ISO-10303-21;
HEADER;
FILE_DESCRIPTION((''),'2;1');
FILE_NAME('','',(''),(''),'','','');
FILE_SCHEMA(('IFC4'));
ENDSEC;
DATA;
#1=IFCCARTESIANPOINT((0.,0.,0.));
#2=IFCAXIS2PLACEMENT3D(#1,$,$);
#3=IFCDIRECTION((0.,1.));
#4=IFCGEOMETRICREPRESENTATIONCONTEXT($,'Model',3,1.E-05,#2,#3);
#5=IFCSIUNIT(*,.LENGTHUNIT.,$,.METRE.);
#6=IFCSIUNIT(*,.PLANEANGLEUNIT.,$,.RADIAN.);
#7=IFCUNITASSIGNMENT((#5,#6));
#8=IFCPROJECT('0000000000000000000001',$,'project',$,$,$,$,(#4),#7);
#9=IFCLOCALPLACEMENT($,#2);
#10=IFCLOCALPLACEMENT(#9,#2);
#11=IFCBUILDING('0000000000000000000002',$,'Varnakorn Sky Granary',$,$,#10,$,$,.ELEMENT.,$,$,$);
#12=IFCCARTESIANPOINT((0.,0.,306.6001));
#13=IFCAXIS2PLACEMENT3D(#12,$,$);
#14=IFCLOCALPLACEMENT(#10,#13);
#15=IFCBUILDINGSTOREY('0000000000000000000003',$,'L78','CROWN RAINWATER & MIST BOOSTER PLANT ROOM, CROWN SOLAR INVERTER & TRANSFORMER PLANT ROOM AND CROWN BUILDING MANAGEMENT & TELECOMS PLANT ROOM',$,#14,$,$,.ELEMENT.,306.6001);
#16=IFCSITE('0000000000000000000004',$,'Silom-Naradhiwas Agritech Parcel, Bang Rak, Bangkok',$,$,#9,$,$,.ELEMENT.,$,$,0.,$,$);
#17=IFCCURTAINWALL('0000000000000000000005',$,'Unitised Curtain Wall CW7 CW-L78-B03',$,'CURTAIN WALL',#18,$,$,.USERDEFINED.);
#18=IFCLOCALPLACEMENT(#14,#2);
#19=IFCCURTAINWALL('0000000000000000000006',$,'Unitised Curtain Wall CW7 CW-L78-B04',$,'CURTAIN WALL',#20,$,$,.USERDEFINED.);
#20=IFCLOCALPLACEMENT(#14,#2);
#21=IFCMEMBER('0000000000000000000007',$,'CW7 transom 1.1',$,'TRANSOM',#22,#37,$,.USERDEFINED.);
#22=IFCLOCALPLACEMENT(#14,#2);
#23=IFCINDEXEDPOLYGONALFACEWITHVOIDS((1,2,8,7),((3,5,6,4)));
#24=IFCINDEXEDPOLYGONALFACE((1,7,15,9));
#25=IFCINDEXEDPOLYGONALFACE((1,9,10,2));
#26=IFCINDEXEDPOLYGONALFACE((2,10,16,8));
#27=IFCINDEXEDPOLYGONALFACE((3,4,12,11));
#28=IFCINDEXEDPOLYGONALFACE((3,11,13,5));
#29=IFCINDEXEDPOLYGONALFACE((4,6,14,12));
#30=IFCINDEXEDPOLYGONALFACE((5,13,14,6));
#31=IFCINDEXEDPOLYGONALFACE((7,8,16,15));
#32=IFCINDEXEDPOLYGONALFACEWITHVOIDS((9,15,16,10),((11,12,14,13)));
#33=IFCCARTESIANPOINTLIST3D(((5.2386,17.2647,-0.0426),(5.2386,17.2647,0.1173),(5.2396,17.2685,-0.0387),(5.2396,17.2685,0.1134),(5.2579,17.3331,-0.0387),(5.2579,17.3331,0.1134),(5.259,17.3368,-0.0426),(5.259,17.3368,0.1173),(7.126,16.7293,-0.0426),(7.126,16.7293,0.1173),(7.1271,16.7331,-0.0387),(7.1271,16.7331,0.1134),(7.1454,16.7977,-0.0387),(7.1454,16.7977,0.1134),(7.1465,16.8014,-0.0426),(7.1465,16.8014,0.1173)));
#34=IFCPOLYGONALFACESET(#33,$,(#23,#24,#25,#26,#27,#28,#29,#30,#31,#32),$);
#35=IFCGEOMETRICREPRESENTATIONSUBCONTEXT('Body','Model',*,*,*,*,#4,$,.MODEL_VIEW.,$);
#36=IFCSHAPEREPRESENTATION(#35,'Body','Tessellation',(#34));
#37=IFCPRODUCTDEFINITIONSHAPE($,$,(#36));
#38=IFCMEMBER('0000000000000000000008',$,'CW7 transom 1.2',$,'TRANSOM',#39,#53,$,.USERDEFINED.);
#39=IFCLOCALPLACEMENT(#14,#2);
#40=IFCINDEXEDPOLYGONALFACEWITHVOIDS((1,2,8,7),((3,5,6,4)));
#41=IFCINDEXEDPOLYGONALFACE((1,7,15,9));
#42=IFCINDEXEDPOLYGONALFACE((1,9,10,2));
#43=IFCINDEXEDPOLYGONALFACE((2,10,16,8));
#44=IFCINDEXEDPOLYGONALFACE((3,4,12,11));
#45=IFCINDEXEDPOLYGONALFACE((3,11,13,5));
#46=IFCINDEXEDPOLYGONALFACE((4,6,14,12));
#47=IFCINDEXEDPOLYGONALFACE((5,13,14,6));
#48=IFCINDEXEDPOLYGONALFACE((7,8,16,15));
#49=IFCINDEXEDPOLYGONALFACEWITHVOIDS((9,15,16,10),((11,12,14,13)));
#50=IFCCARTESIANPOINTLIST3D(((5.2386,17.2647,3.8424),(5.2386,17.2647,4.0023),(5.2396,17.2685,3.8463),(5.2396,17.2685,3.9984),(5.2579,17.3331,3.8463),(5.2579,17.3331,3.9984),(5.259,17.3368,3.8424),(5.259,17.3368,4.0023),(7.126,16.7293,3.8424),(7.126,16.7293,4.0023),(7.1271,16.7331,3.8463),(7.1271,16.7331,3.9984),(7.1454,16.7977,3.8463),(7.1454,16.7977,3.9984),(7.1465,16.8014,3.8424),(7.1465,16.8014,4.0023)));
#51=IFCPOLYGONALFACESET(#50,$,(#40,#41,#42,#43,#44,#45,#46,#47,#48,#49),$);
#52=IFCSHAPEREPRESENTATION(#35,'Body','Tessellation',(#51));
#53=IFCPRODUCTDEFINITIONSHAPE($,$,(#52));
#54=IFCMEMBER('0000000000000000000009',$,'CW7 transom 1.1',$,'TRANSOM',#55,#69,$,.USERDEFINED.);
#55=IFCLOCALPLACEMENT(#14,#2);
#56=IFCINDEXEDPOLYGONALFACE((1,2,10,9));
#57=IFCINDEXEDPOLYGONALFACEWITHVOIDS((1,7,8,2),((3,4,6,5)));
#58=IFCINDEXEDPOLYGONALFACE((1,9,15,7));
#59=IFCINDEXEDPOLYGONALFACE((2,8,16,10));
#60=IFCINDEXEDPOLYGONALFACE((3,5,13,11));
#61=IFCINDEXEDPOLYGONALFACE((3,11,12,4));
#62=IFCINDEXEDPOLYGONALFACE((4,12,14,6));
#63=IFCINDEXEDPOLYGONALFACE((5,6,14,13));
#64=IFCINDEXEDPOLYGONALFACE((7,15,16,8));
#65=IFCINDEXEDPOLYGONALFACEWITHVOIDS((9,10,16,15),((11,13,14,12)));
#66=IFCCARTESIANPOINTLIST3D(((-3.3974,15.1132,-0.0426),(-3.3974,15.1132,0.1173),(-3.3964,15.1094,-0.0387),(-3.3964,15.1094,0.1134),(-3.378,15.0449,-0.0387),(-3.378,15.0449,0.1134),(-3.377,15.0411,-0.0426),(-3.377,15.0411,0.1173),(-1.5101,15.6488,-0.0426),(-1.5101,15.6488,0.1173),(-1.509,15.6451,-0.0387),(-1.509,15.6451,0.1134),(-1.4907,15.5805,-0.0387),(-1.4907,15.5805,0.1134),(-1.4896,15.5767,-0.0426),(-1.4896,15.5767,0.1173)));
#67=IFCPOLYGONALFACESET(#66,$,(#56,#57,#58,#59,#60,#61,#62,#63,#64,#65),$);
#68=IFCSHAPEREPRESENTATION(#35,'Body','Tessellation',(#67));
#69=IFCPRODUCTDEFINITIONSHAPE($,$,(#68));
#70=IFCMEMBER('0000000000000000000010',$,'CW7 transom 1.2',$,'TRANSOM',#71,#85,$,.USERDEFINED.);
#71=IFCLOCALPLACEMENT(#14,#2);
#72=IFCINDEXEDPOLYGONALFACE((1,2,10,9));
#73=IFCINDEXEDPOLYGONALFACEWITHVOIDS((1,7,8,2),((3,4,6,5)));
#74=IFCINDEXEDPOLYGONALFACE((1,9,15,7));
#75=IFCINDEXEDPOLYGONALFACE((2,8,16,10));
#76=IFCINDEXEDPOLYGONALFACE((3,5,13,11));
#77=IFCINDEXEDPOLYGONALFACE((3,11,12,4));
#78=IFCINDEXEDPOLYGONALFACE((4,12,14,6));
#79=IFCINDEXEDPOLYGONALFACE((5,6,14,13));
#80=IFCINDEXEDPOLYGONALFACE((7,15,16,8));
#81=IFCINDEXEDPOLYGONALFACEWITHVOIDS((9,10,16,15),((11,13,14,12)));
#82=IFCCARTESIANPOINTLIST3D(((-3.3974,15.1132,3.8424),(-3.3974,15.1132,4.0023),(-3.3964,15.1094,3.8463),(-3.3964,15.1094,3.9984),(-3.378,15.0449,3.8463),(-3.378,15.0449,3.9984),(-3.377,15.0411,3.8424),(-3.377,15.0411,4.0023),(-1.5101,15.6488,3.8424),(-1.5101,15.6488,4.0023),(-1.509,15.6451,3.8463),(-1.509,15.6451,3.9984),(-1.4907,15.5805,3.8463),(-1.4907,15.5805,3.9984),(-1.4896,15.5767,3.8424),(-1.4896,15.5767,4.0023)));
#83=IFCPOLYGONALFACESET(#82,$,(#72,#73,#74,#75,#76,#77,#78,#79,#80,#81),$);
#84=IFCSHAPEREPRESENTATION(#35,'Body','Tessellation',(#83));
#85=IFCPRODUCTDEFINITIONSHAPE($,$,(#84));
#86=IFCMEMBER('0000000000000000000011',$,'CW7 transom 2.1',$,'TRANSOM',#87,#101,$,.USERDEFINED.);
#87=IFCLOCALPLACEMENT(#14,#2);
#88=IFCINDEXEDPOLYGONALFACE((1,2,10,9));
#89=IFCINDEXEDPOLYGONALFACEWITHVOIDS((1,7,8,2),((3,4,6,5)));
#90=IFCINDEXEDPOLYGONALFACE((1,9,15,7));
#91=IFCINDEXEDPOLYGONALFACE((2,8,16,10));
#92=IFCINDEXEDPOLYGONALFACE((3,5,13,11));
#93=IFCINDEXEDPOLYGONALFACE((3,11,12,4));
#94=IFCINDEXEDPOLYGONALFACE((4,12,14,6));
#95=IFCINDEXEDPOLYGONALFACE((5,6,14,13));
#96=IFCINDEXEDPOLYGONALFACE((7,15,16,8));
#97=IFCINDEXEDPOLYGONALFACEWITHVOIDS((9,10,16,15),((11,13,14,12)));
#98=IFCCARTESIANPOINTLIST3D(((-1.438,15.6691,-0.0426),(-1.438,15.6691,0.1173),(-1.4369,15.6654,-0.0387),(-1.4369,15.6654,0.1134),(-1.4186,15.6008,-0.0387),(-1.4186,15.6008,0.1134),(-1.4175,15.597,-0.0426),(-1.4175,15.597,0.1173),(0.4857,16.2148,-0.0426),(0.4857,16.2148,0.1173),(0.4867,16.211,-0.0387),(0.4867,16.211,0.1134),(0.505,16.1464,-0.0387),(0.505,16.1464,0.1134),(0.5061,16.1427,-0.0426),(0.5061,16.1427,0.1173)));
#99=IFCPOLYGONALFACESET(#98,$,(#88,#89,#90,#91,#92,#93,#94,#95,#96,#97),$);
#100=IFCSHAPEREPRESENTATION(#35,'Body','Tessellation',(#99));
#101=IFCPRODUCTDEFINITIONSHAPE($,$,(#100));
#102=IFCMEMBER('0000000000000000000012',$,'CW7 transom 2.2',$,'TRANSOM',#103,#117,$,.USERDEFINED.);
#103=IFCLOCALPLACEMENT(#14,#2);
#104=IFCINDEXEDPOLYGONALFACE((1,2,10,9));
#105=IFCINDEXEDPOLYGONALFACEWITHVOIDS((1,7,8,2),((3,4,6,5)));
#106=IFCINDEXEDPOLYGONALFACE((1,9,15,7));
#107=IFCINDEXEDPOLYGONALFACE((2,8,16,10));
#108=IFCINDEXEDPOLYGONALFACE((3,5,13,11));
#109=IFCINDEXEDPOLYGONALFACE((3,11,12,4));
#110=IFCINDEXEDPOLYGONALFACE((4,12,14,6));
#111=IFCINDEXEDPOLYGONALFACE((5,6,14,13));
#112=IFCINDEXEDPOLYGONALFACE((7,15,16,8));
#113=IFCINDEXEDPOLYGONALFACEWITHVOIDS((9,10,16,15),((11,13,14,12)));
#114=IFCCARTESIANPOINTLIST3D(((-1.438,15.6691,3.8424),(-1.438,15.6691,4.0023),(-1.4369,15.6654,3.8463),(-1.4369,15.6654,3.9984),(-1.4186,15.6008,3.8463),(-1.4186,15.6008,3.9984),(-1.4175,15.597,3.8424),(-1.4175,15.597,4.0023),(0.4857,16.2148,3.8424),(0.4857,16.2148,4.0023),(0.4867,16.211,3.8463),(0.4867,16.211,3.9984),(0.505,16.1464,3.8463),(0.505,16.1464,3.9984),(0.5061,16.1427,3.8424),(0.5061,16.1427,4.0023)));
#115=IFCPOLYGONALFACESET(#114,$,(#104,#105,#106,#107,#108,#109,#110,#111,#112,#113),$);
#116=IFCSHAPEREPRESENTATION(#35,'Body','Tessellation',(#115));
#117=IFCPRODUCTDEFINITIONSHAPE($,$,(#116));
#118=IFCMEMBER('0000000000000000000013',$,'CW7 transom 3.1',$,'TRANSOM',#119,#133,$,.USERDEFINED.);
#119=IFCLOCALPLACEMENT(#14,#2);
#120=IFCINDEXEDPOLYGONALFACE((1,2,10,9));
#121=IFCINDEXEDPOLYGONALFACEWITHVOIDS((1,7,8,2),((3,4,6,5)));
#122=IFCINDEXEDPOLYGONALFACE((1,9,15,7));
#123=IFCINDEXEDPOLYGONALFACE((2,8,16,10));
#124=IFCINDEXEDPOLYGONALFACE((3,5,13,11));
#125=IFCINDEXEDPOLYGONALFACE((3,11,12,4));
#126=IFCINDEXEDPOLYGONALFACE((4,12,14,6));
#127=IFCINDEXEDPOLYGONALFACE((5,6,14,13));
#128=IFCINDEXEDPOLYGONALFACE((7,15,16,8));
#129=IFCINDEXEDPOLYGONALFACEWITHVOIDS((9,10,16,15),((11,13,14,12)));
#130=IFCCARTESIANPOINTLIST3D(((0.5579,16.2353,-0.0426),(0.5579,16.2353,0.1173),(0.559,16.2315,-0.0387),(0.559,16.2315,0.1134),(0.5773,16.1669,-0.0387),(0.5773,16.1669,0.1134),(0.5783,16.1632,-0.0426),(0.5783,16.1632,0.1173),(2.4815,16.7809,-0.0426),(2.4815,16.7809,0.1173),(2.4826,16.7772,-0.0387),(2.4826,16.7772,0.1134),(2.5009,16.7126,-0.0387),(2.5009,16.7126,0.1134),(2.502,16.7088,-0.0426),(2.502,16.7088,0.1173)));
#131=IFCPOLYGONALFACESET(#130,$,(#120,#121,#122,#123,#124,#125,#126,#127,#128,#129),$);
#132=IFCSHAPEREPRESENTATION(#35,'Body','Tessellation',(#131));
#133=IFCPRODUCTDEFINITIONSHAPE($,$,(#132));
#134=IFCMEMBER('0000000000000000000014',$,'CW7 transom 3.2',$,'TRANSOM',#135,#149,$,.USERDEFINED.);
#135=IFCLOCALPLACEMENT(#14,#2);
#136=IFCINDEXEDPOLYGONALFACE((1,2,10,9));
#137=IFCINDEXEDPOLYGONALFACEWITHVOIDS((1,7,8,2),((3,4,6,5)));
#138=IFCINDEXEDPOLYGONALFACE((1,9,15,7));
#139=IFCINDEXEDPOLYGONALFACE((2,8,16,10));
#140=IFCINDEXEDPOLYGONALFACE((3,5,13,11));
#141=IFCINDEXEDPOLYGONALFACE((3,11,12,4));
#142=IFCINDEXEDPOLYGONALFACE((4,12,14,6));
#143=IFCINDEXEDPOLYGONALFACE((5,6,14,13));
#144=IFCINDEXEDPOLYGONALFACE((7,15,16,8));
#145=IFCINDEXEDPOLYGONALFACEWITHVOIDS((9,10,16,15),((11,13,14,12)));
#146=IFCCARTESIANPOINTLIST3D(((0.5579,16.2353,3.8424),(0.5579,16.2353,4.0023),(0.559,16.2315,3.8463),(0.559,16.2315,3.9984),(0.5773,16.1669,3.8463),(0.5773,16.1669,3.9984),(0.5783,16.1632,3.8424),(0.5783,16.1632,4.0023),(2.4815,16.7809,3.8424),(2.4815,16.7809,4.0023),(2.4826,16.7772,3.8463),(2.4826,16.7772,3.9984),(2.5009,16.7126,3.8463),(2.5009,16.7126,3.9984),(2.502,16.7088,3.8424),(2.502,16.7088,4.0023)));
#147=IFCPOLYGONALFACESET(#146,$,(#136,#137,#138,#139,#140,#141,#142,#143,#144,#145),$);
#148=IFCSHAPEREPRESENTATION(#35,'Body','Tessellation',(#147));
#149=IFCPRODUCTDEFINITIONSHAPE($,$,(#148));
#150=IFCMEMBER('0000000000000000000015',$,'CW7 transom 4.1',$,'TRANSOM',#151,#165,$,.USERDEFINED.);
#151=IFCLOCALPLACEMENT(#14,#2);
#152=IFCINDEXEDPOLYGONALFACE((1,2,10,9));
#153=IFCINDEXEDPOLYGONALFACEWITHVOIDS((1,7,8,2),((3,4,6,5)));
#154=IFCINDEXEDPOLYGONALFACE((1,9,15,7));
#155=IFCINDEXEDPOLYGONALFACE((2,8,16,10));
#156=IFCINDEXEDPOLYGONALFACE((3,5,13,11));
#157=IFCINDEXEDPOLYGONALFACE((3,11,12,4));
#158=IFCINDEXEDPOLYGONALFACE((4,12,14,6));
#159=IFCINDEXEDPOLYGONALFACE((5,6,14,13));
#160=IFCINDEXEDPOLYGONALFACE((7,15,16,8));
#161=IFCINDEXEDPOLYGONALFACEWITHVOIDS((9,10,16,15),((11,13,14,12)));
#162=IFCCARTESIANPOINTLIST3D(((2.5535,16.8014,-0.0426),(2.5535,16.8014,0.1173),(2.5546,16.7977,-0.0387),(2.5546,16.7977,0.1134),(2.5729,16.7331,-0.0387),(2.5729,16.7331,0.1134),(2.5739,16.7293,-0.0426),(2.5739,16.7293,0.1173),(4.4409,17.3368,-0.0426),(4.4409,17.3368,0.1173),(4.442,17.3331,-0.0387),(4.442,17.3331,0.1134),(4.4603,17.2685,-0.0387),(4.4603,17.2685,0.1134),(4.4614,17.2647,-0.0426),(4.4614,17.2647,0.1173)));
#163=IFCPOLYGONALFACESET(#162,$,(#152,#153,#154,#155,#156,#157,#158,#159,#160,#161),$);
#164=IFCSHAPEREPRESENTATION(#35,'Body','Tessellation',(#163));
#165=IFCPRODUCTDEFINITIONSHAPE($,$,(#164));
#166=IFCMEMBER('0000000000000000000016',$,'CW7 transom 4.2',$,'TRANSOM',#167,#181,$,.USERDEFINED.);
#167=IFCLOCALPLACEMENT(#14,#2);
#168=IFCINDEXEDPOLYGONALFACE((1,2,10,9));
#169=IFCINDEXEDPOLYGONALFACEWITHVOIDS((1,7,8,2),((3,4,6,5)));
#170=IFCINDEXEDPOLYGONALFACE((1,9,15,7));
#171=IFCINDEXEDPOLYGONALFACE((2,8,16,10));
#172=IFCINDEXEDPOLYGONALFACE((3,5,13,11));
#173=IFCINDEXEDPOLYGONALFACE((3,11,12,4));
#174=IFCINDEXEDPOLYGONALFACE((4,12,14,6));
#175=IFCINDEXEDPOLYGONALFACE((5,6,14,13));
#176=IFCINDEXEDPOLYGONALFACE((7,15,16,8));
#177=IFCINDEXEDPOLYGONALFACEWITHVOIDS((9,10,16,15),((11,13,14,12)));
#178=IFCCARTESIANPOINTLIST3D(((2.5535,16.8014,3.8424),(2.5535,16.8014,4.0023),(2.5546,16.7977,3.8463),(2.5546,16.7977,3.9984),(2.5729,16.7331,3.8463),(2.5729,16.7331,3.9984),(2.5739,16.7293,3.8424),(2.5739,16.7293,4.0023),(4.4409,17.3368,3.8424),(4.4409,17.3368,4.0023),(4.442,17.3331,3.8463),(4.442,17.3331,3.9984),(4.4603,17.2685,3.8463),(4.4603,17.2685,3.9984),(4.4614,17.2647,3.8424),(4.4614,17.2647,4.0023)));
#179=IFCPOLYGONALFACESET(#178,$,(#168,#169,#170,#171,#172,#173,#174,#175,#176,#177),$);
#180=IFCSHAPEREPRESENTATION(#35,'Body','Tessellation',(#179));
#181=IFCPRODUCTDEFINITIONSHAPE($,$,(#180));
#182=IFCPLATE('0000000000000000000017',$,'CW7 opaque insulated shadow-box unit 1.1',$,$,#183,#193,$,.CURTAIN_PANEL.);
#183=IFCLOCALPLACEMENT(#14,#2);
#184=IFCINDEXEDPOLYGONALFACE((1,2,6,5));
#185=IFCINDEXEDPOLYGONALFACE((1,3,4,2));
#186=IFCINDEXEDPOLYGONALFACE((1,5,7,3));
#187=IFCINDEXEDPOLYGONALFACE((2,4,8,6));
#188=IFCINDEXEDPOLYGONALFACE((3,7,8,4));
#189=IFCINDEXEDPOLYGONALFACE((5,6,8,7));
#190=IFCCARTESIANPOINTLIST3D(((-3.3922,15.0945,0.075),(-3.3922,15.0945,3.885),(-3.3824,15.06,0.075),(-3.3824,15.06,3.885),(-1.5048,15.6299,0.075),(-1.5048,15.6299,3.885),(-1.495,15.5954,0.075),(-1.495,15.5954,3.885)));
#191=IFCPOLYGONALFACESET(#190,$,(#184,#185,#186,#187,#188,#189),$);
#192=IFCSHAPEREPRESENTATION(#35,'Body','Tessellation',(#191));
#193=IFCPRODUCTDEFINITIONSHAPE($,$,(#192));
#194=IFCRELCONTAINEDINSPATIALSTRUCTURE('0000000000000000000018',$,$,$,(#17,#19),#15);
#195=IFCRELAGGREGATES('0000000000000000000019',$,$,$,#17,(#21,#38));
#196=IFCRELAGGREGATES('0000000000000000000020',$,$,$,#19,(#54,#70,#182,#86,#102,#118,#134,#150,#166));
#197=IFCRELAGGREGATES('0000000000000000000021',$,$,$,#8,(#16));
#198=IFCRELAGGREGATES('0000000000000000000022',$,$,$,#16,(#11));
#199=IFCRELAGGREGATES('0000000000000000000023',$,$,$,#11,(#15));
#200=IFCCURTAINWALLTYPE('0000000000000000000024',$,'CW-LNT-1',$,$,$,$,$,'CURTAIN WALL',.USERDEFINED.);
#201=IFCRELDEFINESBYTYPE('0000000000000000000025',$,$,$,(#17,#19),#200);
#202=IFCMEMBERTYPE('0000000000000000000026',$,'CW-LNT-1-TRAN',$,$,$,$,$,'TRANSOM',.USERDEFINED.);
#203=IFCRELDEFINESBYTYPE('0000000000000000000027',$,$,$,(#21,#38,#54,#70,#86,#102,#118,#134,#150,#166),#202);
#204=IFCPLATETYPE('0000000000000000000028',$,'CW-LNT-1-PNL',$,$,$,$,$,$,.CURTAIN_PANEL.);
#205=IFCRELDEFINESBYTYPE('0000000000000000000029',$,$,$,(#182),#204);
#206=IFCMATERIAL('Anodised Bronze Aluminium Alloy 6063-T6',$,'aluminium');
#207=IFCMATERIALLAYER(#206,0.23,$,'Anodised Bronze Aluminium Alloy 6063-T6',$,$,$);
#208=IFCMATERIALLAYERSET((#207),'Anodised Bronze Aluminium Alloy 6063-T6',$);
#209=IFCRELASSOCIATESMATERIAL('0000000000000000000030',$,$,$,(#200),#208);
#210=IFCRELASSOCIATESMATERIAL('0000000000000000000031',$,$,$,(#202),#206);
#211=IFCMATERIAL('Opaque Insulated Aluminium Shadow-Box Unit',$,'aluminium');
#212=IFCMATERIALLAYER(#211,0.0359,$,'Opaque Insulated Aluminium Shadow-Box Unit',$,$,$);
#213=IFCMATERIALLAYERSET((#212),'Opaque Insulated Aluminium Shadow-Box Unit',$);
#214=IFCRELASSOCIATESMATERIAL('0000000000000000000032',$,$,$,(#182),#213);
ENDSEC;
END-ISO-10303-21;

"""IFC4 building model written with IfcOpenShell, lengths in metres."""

from ifc_helpers import new_model, si_unit, direction, frame, origin, origin_2d, place, context, subcontext, project, spatial, rectangle, hollow_rectangle, extrude, source, transform, mapped, material, layer, layer_set, material_profile, profile_set, type_object, element, aggregate, save


model = new_model("IFC4")

# Units and contexts
model_context = context("Model", 3, precision=1e-05, world=origin(), true_north=direction((0.0, 1.0)))
body_context = subcontext(model_context, "Body", "Model", "MODEL_VIEW")
ifc_project = project(units=[si_unit("LENGTHUNIT", "METRE"), si_unit("PLANEANGLEUNIT", "RADIAN")], contexts=[model_context])

# Site, building, storey
site_placement = place(None, origin())
site = spatial("IfcSite", under=ifc_project, at=site_placement, Name="Silom-Naradhiwas Agritech Parcel, Bang Rak, Bangkok", CompositionType="ELEMENT", RefElevation=0.0)
building_placement = place(site_placement, origin())
building = spatial("IfcBuilding", under=site, at=building_placement, Name="Varnakorn Sky Granary", CompositionType="ELEMENT")
storey_placement = place(building_placement, frame((0.0, 0.0, 306.6001)))
storey = spatial("IfcBuildingStorey", under=building, at=storey_placement, Name="L78", Description="CROWN RAINWATER & MIST BOOSTER PLANT ROOM, CROWN SOLAR INVERTER & TRANSFORMER PLANT ROOM AND CROWN BUILDING MANAGEMENT & TELECOMS PLANT ROOM", CompositionType="ELEMENT", Elevation=306.6001)

# Curtain wall
ifc_material_1 = material(Name="Anodised Bronze Aluminium Alloy 6063-T6", Category="aluminium")
ifc_layer_1 = layer(ifc_material_1, 0.23, Name="Anodised Bronze Aluminium Alloy 6063-T6")
ifc_layer_set_1 = layer_set([ifc_layer_1], Name="Anodised Bronze Aluminium Alloy 6063-T6")
curtain_wall_type = type_object("IfcCurtainWallType", Name="CW-LNT-1", ElementType="CURTAIN WALL", PredefinedType="USERDEFINED", material=ifc_layer_set_1)
curtain_wall_1_placement = place(storey_placement, origin())
curtain_wall_1 = element("IfcCurtainWall", 1, at=curtain_wall_1_placement, inside=storey, type_object=curtain_wall_type, Name="Unitised Curtain Wall CW7 CW-L78-B03", ObjectType="CURTAIN WALL", PredefinedType="USERDEFINED")

# Curtain wall
curtain_wall_2_placement = place(storey_placement, origin())
curtain_wall_2 = element("IfcCurtainWall", 2, at=curtain_wall_2_placement, inside=storey, type_object=curtain_wall_type, Name="Unitised Curtain Wall CW7 CW-L78-B04", ObjectType="CURTAIN WALL", PredefinedType="USERDEFINED")

# Members
ifc_material_profile_1 = material_profile(ifc_material_1, hollow_rectangle(XDim=0.075, YDim=0.1599, WallThickness=0.0039, at=origin_2d()), Name="ALU TRAN 75x160")
ifc_profile_set_1 = profile_set([ifc_material_profile_1], Name="Anodised Bronze Aluminium Alloy 6063-T6")
member_type_1 = type_object("IfcMemberType", Name="CW-LNT-1-TRAN", ElementType="TRANSOM", PredefinedType="USERDEFINED", material=ifc_profile_set_1)
member_1_placement = place(storey_placement, frame((5.2488, 17.3008, 0.0374), z_axis=(0.962043, -0.272896, 0.0), x_axis=(0.272896, 0.962043, 0.0)))
member_1 = element("IfcMember", 3, at=member_1_placement, type_object=member_type_1, Name="CW7 transom 1.1", ObjectType="TRANSOM", PredefinedType="USERDEFINED", context=body_context, shape_type="SweptSolid", body=[
    extrude(hollow_rectangle(XDim=0.075, YDim=0.1599, WallThickness=0.0039, at=origin_2d()), origin(), (0.0, 0.0, 1.0), 1.9619),
])
member_2_placement = place(storey_placement, frame((5.2488, 17.3008, 3.9224), z_axis=(0.962043, -0.272896, 0.0), x_axis=(0.272896, 0.962043, 0.0)))
member_2 = element("IfcMember", 4, at=member_2_placement, type_object=member_type_1, Name="CW7 transom 1.2", ObjectType="TRANSOM", PredefinedType="USERDEFINED", context=body_context, shape_type="SweptSolid", body=[
    extrude(hollow_rectangle(XDim=0.075, YDim=0.1599, WallThickness=0.0039, at=origin_2d()), origin(), (0.0, 0.0, 1.0), 1.9619),
])
aggregate(curtain_wall_1, [member_1, member_2])
member_3_placement = place(storey_placement, frame((-3.3872, 15.0771, 0.0374), z_axis=(0.962011, 0.273011, 0.0), x_axis=(-0.273011, 0.962011, 0.0)))
member_3 = element("IfcMember", 5, at=member_3_placement, type_object=member_type_1, Name="CW7 transom 1.1", ObjectType="TRANSOM", PredefinedType="USERDEFINED", context=body_context, shape_type="SweptSolid", body=[
    extrude(hollow_rectangle(XDim=0.075, YDim=0.1599, WallThickness=0.0039, at=origin_2d()), origin(), (0.0, 0.0, 1.0), 1.9619),
])
member_4_placement = place(storey_placement, frame((-3.3872, 15.0771, 3.9224), z_axis=(0.962011, 0.273011, 0.0), x_axis=(-0.273011, 0.962011, 0.0)))
member_4 = element("IfcMember", 6, at=member_4_placement, type_object=member_type_1, Name="CW7 transom 1.2", ObjectType="TRANSOM", PredefinedType="USERDEFINED", context=body_context, shape_type="SweptSolid", body=[
    extrude(hollow_rectangle(XDim=0.075, YDim=0.1599, WallThickness=0.0039, at=origin_2d()), origin(), (0.0, 0.0, 1.0), 1.9619),
])
member_5_placement = place(storey_placement, frame((-1.4277, 15.6331, 0.0374), z_axis=(0.962043, 0.272898, 0.0), x_axis=(-0.272898, 0.962043, 0.0)))
member_5 = element("IfcMember", 7, at=member_5_placement, type_object=member_type_1, Name="CW7 transom 2.1", ObjectType="TRANSOM", PredefinedType="USERDEFINED", context=body_context, shape_type="SweptSolid", body=[
    extrude(hollow_rectangle(XDim=0.075, YDim=0.1599, WallThickness=0.0039, at=origin_2d()), origin(), (0.0, 0.0, 1.0), 1.9995),
])
member_6_placement = place(storey_placement, frame((-1.4277, 15.6331, 3.9224), z_axis=(0.962043, 0.272898, 0.0), x_axis=(-0.272898, 0.962043, 0.0)))
member_6 = element("IfcMember", 8, at=member_6_placement, type_object=member_type_1, Name="CW7 transom 2.2", ObjectType="TRANSOM", PredefinedType="USERDEFINED", context=body_context, shape_type="SweptSolid", body=[
    extrude(hollow_rectangle(XDim=0.075, YDim=0.1599, WallThickness=0.0039, at=origin_2d()), origin(), (0.0, 0.0, 1.0), 1.9995),
])
member_7_placement = place(storey_placement, frame((0.5681, 16.1992, 0.0374), z_axis=(0.962043, 0.272898, 0.0), x_axis=(-0.272898, 0.962043, 0.0)))
member_7 = element("IfcMember", 9, at=member_7_placement, type_object=member_type_1, Name="CW7 transom 3.1", ObjectType="TRANSOM", PredefinedType="USERDEFINED", context=body_context, shape_type="SweptSolid", body=[
    extrude(hollow_rectangle(XDim=0.075, YDim=0.1599, WallThickness=0.0039, at=origin_2d()), origin(), (0.0, 0.0, 1.0), 1.9995),
])
member_8_placement = place(storey_placement, frame((0.5681, 16.1992, 3.9224), z_axis=(0.962043, 0.272898, 0.0), x_axis=(-0.272898, 0.962043, 0.0)))
member_8 = element("IfcMember", 10, at=member_8_placement, type_object=member_type_1, Name="CW7 transom 3.2", ObjectType="TRANSOM", PredefinedType="USERDEFINED", context=body_context, shape_type="SweptSolid", body=[
    extrude(hollow_rectangle(XDim=0.075, YDim=0.1599, WallThickness=0.0039, at=origin_2d()), origin(), (0.0, 0.0, 1.0), 1.9995),
])
member_9_placement = place(storey_placement, frame((2.5637, 16.7654, 0.0374), z_axis=(0.962043, 0.272896, 0.0), x_axis=(-0.272896, 0.962043, 0.0)))
member_9 = element("IfcMember", 11, at=member_9_placement, type_object=member_type_1, Name="CW7 transom 4.1", ObjectType="TRANSOM", PredefinedType="USERDEFINED", context=body_context, shape_type="SweptSolid", body=[
    extrude(hollow_rectangle(XDim=0.075, YDim=0.1599, WallThickness=0.0039, at=origin_2d()), origin(), (0.0, 0.0, 1.0), 1.9619),
])
member_10_placement = place(storey_placement, frame((2.5637, 16.7654, 3.9224), z_axis=(0.962043, 0.272896, 0.0), x_axis=(-0.272896, 0.962043, 0.0)))
member_10 = element("IfcMember", 12, at=member_10_placement, type_object=member_type_1, Name="CW7 transom 4.2", ObjectType="TRANSOM", PredefinedType="USERDEFINED", context=body_context, shape_type="SweptSolid", body=[
    extrude(hollow_rectangle(XDim=0.075, YDim=0.1599, WallThickness=0.0039, at=origin_2d()), origin(), (0.0, 0.0, 1.0), 1.9619),
])

# Plate
ifc_material_2 = material(Name="Opaque Insulated Aluminium Shadow-Box Unit", Category="aluminium")
ifc_layer_2 = layer(ifc_material_2, 0.0359, Name="Opaque Insulated Aluminium Shadow-Box Unit")
ifc_layer_set_2 = layer_set([ifc_layer_2], Name="Opaque Insulated Aluminium Shadow-Box Unit")
plate_type = type_object("IfcPlateType", Name="CW-LNT-1-PNL", PredefinedType="CURTAIN_PANEL")
shared_shape_1 = source(origin(), body_context, "Body", "SweptSolid", [
    extrude(rectangle(XDim=1.9619, YDim=0.0359, at=origin_2d()), origin(), (0.0, 0.0, 1.0), 3.8101),
])
plate_1_placement = place(storey_placement, frame((-2.4436, 15.345, 0.075), z_axis=(0.0, 0.0, 1.0), x_axis=(0.962041, 0.272905, 0.0)))
plate_1 = element("IfcPlate", 13, at=plate_1_placement, type_object=plate_type, material=ifc_layer_set_2, Name="CW7 opaque insulated shadow-box unit 1.1", PredefinedType="CURTAIN_PANEL", context=body_context, shape_type="MappedRepresentation", body=[
    mapped(shared_shape_1, transform((0.0, 0.0, 0.0), x_axis=(1.0, 0.0, 0.0), y_axis=(0.0, 1.0, 0.0), z_axis=(0.0, 0.0, 1.0), scale=1.0)),
])
aggregate(curtain_wall_2, [member_3, member_4, plate_1, member_5, member_6, member_7, member_8, member_9, member_10])

save(model, "model.ifc")
